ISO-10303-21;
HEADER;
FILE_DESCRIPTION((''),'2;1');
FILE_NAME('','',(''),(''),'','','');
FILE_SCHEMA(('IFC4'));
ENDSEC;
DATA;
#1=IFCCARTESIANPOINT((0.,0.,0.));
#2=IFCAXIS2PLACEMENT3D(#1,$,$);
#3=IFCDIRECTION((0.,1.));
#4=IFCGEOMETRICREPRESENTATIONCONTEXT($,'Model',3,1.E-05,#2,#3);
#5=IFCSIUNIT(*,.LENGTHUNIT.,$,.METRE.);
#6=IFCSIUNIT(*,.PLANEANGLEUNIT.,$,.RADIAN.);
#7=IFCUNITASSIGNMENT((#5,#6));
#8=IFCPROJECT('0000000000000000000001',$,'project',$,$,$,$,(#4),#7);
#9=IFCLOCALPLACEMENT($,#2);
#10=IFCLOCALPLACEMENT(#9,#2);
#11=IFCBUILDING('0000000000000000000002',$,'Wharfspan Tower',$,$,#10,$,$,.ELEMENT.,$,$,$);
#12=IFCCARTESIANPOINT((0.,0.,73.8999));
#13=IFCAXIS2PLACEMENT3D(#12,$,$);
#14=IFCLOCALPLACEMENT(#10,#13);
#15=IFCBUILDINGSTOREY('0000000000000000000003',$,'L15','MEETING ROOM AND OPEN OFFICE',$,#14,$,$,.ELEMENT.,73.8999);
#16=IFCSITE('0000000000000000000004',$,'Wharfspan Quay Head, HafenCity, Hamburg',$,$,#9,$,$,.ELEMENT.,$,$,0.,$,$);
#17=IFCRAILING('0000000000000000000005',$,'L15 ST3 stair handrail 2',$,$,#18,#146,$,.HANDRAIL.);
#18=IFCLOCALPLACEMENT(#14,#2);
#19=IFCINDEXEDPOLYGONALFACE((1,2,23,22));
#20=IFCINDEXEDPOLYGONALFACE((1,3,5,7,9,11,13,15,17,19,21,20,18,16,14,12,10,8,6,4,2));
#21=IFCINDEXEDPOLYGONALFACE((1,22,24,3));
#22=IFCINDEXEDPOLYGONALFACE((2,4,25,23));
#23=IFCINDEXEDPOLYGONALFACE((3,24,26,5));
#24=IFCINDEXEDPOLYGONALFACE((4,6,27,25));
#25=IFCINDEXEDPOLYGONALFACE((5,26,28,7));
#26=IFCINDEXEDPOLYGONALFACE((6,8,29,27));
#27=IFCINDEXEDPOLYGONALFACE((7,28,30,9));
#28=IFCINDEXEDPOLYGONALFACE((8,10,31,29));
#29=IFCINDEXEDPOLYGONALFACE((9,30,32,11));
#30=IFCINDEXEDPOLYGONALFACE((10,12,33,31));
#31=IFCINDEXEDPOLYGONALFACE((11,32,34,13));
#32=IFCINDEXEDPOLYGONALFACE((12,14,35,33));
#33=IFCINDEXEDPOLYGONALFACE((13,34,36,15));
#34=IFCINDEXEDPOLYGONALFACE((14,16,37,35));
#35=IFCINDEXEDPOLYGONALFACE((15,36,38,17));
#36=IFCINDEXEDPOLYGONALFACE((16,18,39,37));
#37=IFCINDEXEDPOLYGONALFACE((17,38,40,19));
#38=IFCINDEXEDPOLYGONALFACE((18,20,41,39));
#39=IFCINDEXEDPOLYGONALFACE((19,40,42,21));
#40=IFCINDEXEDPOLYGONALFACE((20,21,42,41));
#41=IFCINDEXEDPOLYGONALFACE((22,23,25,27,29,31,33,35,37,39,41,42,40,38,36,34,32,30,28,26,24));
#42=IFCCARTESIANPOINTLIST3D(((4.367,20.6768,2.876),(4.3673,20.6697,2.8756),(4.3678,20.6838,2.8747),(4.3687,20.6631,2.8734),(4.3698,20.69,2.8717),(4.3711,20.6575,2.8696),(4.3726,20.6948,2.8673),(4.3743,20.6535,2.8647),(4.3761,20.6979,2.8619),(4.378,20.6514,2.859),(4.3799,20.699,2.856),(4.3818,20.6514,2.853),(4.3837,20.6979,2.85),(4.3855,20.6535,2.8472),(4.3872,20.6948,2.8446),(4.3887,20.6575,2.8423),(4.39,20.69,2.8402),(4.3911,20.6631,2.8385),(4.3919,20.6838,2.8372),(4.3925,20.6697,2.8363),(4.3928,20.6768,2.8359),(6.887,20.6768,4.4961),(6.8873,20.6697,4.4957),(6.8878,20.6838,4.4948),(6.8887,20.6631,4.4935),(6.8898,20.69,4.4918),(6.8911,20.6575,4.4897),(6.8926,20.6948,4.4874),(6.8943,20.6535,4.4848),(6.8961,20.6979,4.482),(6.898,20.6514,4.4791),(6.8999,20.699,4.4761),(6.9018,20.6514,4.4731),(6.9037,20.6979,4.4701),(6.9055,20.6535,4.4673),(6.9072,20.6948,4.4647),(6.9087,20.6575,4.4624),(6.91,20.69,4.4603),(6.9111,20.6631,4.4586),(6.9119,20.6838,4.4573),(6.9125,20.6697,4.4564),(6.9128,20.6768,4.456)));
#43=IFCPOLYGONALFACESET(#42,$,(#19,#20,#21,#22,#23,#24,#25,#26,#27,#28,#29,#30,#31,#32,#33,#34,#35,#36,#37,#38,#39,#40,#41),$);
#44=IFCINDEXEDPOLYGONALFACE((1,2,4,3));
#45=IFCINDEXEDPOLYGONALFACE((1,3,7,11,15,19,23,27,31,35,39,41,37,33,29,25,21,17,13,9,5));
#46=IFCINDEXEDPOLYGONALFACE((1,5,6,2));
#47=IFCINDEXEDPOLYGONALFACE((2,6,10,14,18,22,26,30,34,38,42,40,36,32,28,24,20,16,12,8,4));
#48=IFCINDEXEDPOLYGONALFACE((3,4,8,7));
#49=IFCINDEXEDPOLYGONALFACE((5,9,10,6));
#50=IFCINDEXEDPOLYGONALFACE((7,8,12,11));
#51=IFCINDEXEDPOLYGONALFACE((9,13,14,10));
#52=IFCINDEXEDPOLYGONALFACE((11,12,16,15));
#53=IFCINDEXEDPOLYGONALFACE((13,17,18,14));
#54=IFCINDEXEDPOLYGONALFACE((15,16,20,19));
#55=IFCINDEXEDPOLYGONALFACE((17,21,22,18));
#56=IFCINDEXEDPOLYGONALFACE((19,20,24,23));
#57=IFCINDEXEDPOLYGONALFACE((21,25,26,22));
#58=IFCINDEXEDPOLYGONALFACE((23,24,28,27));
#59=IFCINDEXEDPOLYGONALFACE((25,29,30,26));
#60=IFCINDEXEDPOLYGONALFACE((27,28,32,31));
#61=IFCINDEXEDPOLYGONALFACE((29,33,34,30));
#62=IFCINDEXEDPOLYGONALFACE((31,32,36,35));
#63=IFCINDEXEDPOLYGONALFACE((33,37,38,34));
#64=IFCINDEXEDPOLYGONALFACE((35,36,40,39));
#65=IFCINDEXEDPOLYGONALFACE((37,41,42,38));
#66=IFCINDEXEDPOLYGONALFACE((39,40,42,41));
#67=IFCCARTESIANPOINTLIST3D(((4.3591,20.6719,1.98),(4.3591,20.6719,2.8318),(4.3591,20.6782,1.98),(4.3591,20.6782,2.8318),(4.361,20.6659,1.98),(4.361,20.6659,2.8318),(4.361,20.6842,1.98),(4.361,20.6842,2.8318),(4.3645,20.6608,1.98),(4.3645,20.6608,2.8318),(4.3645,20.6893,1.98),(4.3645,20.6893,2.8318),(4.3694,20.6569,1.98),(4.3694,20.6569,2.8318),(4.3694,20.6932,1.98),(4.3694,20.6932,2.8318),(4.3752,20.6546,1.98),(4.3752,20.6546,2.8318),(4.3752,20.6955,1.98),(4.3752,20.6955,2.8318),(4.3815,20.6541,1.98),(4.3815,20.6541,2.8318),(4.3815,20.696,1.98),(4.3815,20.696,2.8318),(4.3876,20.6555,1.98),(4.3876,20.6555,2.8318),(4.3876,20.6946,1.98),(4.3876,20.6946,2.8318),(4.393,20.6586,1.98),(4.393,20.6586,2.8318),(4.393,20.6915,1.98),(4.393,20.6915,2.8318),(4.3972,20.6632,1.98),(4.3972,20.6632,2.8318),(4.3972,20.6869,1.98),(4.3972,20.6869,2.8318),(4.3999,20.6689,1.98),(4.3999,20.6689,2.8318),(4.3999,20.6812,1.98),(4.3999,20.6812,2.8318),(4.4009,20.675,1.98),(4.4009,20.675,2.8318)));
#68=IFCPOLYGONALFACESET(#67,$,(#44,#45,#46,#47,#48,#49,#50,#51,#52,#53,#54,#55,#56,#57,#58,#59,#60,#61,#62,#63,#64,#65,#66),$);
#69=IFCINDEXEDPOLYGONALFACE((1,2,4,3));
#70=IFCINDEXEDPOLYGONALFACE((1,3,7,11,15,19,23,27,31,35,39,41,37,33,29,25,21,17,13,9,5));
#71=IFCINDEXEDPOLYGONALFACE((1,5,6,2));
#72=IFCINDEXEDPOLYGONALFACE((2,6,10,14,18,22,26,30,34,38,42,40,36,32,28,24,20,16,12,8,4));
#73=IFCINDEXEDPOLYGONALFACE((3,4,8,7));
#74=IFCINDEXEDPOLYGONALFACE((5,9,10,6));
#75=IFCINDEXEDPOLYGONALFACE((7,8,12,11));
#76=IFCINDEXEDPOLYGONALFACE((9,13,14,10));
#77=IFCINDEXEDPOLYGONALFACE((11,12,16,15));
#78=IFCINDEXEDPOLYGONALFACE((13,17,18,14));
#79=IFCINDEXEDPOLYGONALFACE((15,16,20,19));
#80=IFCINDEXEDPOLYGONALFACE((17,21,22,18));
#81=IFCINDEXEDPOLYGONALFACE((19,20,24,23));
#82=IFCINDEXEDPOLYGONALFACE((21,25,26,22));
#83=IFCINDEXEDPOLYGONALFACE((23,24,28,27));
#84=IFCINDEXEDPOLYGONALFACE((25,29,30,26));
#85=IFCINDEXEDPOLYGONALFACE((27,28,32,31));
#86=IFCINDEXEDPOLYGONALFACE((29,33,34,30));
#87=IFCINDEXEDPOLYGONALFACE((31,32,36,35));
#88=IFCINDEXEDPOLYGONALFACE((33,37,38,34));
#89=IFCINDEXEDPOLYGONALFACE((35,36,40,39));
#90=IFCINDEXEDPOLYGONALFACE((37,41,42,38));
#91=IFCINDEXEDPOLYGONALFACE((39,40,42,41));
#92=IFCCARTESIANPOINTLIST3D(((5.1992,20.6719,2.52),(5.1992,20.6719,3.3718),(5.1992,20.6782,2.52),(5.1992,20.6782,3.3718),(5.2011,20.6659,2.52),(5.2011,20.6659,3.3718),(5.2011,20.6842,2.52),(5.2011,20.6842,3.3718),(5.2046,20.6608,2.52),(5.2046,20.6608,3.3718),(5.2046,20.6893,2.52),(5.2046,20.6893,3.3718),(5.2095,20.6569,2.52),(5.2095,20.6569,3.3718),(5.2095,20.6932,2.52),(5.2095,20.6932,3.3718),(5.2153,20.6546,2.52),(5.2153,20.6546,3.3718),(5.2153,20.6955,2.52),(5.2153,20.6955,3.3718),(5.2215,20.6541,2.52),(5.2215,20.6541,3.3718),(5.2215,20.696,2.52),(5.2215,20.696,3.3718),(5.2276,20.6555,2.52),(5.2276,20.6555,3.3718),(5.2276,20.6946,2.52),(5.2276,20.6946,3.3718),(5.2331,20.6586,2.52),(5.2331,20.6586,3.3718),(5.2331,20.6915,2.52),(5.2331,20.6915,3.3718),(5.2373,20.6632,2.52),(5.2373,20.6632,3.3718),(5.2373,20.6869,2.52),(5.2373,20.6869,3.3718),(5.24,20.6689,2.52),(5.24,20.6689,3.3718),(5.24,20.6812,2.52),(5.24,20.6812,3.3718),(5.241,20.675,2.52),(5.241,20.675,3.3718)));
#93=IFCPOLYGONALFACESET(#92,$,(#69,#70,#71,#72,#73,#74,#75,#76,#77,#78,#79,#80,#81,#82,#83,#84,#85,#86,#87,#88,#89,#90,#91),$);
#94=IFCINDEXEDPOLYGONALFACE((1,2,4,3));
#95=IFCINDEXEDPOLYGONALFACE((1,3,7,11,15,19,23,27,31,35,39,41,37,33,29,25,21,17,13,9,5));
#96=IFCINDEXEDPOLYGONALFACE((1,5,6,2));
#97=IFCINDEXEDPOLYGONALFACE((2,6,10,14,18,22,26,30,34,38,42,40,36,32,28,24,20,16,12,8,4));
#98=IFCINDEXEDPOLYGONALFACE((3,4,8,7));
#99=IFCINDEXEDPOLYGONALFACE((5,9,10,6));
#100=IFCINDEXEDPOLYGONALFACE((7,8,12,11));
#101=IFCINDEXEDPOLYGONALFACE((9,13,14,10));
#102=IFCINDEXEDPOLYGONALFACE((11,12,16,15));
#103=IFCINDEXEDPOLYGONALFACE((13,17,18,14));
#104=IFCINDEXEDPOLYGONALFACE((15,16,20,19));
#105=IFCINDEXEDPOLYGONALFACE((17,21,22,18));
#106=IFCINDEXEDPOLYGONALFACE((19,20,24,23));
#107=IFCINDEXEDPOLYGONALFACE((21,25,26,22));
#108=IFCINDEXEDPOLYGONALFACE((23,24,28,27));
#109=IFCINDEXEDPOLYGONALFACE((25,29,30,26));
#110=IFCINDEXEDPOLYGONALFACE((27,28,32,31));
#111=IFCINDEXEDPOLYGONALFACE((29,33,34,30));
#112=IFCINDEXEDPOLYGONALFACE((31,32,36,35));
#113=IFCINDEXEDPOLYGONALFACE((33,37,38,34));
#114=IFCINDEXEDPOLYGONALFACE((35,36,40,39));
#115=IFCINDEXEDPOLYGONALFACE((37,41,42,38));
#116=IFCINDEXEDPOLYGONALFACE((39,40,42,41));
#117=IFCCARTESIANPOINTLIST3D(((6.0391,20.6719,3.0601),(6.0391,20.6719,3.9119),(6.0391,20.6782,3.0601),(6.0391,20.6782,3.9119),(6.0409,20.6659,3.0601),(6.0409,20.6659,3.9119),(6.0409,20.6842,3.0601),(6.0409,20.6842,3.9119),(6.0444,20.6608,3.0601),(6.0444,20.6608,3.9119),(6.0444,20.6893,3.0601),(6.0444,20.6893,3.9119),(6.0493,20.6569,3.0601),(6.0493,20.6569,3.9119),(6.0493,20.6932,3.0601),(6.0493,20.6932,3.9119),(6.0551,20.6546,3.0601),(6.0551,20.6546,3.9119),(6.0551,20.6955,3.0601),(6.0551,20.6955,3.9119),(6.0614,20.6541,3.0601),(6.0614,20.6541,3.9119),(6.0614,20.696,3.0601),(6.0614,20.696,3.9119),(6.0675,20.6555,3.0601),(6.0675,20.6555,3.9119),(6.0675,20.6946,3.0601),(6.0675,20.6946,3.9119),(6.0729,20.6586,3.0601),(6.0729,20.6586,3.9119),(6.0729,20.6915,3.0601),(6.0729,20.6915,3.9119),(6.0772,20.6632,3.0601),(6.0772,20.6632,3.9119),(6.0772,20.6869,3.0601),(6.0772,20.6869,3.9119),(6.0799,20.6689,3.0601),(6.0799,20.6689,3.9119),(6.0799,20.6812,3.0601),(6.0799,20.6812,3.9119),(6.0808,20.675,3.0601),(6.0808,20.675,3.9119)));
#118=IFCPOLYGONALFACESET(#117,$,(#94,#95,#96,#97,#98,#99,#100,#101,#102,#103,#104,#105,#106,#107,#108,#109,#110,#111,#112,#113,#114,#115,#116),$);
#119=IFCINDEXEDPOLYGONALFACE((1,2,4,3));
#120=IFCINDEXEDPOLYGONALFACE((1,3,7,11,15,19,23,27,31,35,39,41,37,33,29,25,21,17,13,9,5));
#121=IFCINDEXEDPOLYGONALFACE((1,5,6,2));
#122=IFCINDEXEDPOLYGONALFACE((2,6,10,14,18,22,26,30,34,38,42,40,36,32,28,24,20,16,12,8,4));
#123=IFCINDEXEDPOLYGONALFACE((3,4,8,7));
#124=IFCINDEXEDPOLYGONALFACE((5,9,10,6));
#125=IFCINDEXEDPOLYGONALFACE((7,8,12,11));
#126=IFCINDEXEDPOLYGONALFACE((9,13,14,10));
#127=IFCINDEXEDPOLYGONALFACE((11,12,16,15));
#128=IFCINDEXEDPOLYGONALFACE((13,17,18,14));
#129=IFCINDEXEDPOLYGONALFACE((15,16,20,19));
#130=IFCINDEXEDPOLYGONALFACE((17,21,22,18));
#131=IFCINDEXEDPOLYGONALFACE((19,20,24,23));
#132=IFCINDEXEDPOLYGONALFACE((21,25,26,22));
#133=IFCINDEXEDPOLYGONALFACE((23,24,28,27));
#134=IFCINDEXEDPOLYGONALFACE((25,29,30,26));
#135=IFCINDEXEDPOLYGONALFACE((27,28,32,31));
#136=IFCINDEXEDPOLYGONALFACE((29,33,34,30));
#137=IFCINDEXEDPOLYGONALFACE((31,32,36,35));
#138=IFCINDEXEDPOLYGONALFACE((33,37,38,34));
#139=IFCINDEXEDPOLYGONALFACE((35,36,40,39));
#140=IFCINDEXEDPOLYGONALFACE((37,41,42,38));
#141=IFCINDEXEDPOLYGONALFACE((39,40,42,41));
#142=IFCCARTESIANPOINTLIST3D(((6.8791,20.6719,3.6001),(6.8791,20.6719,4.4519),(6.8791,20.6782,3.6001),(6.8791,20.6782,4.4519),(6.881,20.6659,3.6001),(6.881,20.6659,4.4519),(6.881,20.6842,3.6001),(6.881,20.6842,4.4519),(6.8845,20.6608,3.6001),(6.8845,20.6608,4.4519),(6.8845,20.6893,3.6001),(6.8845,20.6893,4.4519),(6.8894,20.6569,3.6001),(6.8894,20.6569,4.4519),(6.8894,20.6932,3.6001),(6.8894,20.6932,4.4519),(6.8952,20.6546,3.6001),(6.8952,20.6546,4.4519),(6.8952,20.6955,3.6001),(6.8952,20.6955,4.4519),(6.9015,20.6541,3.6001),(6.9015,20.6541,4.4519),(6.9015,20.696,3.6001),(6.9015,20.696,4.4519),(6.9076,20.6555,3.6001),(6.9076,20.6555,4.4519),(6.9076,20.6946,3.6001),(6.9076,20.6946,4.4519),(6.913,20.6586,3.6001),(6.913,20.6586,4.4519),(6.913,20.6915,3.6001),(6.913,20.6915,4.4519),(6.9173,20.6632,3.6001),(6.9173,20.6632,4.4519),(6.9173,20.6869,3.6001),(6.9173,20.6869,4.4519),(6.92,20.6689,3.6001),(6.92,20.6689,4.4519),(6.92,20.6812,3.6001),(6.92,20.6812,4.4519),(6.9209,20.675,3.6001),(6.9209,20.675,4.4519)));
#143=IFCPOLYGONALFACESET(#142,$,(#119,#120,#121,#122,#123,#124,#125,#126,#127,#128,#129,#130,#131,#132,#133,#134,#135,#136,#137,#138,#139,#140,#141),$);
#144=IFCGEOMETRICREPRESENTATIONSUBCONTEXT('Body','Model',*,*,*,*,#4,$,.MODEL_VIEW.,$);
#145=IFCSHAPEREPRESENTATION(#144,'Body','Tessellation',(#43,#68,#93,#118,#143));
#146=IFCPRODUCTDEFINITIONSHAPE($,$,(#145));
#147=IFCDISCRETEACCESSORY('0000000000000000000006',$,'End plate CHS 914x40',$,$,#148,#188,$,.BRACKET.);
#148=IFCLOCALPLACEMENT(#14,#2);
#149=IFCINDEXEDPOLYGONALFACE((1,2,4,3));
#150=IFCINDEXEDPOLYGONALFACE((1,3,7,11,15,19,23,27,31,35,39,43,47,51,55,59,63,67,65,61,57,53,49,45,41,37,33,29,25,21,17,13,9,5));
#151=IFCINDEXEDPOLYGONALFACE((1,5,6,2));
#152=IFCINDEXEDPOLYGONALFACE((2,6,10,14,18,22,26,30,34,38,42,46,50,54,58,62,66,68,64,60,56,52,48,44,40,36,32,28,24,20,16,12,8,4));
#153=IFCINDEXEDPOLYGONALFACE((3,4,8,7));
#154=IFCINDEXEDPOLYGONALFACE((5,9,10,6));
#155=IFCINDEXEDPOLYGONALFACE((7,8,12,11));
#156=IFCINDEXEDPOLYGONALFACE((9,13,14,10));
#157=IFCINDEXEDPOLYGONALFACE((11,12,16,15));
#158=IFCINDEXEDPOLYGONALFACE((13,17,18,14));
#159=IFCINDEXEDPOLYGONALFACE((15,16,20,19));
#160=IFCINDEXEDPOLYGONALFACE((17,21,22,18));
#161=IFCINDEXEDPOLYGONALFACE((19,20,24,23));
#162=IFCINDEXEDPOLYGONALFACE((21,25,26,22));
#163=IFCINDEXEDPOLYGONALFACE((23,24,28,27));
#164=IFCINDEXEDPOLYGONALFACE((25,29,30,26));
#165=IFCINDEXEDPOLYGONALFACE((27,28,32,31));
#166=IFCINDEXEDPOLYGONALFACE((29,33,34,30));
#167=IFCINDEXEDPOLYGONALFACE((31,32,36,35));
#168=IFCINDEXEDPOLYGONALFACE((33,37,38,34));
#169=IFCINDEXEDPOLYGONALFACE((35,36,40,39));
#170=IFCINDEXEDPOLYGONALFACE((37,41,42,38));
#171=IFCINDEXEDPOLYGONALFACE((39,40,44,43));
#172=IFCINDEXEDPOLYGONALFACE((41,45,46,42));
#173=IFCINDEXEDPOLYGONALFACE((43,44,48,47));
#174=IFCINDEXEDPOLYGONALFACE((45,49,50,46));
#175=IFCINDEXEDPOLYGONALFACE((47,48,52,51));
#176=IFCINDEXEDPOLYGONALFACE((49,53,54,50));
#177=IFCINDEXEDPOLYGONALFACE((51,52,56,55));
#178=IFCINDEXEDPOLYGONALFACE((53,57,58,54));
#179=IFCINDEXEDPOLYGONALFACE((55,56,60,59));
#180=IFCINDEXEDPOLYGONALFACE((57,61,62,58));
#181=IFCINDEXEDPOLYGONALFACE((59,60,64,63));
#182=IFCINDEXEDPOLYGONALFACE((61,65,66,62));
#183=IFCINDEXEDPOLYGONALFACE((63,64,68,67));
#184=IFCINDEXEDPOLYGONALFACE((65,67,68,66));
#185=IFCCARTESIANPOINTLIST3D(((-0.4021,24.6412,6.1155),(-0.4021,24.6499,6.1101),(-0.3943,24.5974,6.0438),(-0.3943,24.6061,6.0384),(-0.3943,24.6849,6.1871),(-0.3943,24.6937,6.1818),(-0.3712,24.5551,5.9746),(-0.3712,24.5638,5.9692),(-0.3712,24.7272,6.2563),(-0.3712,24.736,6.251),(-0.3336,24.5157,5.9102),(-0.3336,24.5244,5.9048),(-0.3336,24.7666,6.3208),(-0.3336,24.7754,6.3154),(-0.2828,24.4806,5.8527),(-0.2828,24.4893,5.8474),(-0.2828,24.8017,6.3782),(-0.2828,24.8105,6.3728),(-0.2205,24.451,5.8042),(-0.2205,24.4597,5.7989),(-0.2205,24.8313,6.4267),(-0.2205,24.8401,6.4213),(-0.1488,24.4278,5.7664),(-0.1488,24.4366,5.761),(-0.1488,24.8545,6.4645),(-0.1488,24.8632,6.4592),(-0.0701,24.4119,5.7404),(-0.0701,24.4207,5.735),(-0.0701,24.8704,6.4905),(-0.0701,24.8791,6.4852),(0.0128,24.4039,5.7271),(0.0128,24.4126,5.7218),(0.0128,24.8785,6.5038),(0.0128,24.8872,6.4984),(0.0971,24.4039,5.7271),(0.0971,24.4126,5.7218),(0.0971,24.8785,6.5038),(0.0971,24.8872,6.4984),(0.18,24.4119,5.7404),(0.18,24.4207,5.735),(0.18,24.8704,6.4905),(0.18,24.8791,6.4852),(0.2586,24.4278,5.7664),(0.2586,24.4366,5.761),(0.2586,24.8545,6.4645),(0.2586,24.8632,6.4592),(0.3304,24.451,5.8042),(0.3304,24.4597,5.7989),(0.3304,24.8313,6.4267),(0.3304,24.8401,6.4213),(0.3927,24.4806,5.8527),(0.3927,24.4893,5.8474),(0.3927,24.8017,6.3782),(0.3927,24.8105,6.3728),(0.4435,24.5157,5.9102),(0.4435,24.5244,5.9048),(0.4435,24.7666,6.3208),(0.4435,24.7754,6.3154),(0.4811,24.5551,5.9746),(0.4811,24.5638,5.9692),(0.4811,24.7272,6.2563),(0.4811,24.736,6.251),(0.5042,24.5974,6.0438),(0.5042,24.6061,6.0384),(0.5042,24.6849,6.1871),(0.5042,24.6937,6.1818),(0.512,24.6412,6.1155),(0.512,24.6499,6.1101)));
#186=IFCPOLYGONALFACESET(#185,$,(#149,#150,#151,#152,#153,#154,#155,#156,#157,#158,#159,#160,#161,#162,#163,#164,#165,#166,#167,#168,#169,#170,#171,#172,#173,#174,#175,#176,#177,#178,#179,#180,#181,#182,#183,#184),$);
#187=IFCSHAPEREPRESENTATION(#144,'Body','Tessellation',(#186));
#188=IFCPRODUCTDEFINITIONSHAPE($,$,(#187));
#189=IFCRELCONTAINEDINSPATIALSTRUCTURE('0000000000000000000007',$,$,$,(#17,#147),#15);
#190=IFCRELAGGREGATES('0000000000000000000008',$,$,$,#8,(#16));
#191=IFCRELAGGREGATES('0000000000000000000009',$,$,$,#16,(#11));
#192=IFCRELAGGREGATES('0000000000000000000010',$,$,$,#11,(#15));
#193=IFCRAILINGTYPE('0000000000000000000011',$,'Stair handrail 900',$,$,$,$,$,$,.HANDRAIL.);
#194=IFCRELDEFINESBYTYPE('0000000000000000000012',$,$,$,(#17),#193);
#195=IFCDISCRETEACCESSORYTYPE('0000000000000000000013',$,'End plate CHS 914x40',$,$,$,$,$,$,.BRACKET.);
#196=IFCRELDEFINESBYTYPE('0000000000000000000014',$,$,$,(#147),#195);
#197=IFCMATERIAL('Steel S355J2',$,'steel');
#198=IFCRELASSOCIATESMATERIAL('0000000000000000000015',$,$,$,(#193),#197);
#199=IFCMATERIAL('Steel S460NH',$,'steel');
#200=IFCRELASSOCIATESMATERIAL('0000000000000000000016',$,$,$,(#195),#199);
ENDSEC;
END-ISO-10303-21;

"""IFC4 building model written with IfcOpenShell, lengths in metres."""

from ifc_helpers import new_model, si_unit, direction, frame, origin, origin_2d, place, context, subcontext, project, spatial, circle, extrude, material, material_profile, profile_set, type_object, element, save


model = new_model("IFC4")

# Units and contexts
model_context = context("Model", 3, precision=1e-05, world=origin(), true_north=direction((0.0, 1.0)))
body_context = subcontext(model_context, "Body", "Model", "MODEL_VIEW")
ifc_project = project(units=[si_unit("LENGTHUNIT", "METRE"), si_unit("PLANEANGLEUNIT", "RADIAN")], contexts=[model_context])

# Site, building, storey
site_placement = place(None, origin())
site = spatial("IfcSite", under=ifc_project, at=site_placement, Name="Wharfspan Quay Head, HafenCity, Hamburg", CompositionType="ELEMENT", RefElevation=0.0)
building_placement = place(site_placement, origin())
building = spatial("IfcBuilding", under=site, at=building_placement, Name="Wharfspan Tower", CompositionType="ELEMENT")
storey_placement = place(building_placement, frame((0.0, 0.0, 73.8999)))
storey = spatial("IfcBuildingStorey", under=building, at=storey_placement, Name="L15", Description="MEETING ROOM AND OPEN OFFICE", CompositionType="ELEMENT", Elevation=73.8999)

# Shared definitions
ifc_material_1 = material(Name="Steel S355J2", Category="steel")

# Shared definitions
ifc_material_2 = material(Name="Steel S460NH", Category="steel")

# Railing
railing_type_1 = type_object("IfcRailingType", Name="Stair handrail 900", PredefinedType="HANDRAIL", material=ifc_material_1)
railing_1_placement = place(storey_placement, frame((4.3799, 20.675, 1.98)))
element("IfcRailing", 1, at=railing_1_placement, inside=storey, type_object=railing_type_1, Name="L15 ST3 stair handrail 2", PredefinedType="HANDRAIL", context=body_context, shape_type="SweptSolid", body=[
    extrude(circle(Radius=0.0239, at=origin_2d()), frame((0.0, 0.0, 0.876), z_axis=(0.841163, 0.0, 0.540782), x_axis=(0.0, 1.0, 0.0)), (0.0, 0.0, 1.0), 2.9958),
    extrude(circle(Radius=0.021, at=origin_2d()), origin(), (0.0, 0.0, 1.0), 0.8518),
    extrude(circle(Radius=0.021, at=origin_2d()), frame((0.8401, 0.0, 0.54)), (0.0, 0.0, 1.0), 0.8518),
    extrude(circle(Radius=0.021, at=origin_2d()), frame((1.6799, 0.0, 1.0801)), (0.0, 0.0, 1.0), 0.8518),
    extrude(circle(Radius=0.021, at=origin_2d()), frame((2.52, 0.0, 1.6201)), (0.0, 0.0, 1.0), 0.8518),
])

# Discrete accessory
ifc_material_profile_1 = material_profile(ifc_material_2, circle(Radius=0.457, at=origin_2d()))
ifc_profile_set_1 = profile_set([ifc_material_profile_1], Name="Steel S460NH")
discrete_accessory_type = type_object("IfcDiscreteAccessoryType", Name="End plate CHS 914x40", PredefinedType="BRACKET", material=ifc_profile_set_1)
for number, where, z_axis, x_axis, name in (
    (2, (0.0549, 24.6499, 6.1101), (0.0, -0.853282, 0.52145), (1.0, 0.0, 0.0), "End plate CHS 914x40"),
):
    element("IfcDiscreteAccessory", number, at=place(storey_placement, frame(where, z_axis=z_axis, x_axis=x_axis)), inside=storey, type_object=discrete_accessory_type, Name=name, PredefinedType="BRACKET", context=body_context, shape_type="SweptSolid", body=[
        extrude(circle(Radius=0.457, at=origin_2d()), origin(), (0.0, 0.0, 1.0), 0.0103),
    ])

save(model, "model.ifc")
